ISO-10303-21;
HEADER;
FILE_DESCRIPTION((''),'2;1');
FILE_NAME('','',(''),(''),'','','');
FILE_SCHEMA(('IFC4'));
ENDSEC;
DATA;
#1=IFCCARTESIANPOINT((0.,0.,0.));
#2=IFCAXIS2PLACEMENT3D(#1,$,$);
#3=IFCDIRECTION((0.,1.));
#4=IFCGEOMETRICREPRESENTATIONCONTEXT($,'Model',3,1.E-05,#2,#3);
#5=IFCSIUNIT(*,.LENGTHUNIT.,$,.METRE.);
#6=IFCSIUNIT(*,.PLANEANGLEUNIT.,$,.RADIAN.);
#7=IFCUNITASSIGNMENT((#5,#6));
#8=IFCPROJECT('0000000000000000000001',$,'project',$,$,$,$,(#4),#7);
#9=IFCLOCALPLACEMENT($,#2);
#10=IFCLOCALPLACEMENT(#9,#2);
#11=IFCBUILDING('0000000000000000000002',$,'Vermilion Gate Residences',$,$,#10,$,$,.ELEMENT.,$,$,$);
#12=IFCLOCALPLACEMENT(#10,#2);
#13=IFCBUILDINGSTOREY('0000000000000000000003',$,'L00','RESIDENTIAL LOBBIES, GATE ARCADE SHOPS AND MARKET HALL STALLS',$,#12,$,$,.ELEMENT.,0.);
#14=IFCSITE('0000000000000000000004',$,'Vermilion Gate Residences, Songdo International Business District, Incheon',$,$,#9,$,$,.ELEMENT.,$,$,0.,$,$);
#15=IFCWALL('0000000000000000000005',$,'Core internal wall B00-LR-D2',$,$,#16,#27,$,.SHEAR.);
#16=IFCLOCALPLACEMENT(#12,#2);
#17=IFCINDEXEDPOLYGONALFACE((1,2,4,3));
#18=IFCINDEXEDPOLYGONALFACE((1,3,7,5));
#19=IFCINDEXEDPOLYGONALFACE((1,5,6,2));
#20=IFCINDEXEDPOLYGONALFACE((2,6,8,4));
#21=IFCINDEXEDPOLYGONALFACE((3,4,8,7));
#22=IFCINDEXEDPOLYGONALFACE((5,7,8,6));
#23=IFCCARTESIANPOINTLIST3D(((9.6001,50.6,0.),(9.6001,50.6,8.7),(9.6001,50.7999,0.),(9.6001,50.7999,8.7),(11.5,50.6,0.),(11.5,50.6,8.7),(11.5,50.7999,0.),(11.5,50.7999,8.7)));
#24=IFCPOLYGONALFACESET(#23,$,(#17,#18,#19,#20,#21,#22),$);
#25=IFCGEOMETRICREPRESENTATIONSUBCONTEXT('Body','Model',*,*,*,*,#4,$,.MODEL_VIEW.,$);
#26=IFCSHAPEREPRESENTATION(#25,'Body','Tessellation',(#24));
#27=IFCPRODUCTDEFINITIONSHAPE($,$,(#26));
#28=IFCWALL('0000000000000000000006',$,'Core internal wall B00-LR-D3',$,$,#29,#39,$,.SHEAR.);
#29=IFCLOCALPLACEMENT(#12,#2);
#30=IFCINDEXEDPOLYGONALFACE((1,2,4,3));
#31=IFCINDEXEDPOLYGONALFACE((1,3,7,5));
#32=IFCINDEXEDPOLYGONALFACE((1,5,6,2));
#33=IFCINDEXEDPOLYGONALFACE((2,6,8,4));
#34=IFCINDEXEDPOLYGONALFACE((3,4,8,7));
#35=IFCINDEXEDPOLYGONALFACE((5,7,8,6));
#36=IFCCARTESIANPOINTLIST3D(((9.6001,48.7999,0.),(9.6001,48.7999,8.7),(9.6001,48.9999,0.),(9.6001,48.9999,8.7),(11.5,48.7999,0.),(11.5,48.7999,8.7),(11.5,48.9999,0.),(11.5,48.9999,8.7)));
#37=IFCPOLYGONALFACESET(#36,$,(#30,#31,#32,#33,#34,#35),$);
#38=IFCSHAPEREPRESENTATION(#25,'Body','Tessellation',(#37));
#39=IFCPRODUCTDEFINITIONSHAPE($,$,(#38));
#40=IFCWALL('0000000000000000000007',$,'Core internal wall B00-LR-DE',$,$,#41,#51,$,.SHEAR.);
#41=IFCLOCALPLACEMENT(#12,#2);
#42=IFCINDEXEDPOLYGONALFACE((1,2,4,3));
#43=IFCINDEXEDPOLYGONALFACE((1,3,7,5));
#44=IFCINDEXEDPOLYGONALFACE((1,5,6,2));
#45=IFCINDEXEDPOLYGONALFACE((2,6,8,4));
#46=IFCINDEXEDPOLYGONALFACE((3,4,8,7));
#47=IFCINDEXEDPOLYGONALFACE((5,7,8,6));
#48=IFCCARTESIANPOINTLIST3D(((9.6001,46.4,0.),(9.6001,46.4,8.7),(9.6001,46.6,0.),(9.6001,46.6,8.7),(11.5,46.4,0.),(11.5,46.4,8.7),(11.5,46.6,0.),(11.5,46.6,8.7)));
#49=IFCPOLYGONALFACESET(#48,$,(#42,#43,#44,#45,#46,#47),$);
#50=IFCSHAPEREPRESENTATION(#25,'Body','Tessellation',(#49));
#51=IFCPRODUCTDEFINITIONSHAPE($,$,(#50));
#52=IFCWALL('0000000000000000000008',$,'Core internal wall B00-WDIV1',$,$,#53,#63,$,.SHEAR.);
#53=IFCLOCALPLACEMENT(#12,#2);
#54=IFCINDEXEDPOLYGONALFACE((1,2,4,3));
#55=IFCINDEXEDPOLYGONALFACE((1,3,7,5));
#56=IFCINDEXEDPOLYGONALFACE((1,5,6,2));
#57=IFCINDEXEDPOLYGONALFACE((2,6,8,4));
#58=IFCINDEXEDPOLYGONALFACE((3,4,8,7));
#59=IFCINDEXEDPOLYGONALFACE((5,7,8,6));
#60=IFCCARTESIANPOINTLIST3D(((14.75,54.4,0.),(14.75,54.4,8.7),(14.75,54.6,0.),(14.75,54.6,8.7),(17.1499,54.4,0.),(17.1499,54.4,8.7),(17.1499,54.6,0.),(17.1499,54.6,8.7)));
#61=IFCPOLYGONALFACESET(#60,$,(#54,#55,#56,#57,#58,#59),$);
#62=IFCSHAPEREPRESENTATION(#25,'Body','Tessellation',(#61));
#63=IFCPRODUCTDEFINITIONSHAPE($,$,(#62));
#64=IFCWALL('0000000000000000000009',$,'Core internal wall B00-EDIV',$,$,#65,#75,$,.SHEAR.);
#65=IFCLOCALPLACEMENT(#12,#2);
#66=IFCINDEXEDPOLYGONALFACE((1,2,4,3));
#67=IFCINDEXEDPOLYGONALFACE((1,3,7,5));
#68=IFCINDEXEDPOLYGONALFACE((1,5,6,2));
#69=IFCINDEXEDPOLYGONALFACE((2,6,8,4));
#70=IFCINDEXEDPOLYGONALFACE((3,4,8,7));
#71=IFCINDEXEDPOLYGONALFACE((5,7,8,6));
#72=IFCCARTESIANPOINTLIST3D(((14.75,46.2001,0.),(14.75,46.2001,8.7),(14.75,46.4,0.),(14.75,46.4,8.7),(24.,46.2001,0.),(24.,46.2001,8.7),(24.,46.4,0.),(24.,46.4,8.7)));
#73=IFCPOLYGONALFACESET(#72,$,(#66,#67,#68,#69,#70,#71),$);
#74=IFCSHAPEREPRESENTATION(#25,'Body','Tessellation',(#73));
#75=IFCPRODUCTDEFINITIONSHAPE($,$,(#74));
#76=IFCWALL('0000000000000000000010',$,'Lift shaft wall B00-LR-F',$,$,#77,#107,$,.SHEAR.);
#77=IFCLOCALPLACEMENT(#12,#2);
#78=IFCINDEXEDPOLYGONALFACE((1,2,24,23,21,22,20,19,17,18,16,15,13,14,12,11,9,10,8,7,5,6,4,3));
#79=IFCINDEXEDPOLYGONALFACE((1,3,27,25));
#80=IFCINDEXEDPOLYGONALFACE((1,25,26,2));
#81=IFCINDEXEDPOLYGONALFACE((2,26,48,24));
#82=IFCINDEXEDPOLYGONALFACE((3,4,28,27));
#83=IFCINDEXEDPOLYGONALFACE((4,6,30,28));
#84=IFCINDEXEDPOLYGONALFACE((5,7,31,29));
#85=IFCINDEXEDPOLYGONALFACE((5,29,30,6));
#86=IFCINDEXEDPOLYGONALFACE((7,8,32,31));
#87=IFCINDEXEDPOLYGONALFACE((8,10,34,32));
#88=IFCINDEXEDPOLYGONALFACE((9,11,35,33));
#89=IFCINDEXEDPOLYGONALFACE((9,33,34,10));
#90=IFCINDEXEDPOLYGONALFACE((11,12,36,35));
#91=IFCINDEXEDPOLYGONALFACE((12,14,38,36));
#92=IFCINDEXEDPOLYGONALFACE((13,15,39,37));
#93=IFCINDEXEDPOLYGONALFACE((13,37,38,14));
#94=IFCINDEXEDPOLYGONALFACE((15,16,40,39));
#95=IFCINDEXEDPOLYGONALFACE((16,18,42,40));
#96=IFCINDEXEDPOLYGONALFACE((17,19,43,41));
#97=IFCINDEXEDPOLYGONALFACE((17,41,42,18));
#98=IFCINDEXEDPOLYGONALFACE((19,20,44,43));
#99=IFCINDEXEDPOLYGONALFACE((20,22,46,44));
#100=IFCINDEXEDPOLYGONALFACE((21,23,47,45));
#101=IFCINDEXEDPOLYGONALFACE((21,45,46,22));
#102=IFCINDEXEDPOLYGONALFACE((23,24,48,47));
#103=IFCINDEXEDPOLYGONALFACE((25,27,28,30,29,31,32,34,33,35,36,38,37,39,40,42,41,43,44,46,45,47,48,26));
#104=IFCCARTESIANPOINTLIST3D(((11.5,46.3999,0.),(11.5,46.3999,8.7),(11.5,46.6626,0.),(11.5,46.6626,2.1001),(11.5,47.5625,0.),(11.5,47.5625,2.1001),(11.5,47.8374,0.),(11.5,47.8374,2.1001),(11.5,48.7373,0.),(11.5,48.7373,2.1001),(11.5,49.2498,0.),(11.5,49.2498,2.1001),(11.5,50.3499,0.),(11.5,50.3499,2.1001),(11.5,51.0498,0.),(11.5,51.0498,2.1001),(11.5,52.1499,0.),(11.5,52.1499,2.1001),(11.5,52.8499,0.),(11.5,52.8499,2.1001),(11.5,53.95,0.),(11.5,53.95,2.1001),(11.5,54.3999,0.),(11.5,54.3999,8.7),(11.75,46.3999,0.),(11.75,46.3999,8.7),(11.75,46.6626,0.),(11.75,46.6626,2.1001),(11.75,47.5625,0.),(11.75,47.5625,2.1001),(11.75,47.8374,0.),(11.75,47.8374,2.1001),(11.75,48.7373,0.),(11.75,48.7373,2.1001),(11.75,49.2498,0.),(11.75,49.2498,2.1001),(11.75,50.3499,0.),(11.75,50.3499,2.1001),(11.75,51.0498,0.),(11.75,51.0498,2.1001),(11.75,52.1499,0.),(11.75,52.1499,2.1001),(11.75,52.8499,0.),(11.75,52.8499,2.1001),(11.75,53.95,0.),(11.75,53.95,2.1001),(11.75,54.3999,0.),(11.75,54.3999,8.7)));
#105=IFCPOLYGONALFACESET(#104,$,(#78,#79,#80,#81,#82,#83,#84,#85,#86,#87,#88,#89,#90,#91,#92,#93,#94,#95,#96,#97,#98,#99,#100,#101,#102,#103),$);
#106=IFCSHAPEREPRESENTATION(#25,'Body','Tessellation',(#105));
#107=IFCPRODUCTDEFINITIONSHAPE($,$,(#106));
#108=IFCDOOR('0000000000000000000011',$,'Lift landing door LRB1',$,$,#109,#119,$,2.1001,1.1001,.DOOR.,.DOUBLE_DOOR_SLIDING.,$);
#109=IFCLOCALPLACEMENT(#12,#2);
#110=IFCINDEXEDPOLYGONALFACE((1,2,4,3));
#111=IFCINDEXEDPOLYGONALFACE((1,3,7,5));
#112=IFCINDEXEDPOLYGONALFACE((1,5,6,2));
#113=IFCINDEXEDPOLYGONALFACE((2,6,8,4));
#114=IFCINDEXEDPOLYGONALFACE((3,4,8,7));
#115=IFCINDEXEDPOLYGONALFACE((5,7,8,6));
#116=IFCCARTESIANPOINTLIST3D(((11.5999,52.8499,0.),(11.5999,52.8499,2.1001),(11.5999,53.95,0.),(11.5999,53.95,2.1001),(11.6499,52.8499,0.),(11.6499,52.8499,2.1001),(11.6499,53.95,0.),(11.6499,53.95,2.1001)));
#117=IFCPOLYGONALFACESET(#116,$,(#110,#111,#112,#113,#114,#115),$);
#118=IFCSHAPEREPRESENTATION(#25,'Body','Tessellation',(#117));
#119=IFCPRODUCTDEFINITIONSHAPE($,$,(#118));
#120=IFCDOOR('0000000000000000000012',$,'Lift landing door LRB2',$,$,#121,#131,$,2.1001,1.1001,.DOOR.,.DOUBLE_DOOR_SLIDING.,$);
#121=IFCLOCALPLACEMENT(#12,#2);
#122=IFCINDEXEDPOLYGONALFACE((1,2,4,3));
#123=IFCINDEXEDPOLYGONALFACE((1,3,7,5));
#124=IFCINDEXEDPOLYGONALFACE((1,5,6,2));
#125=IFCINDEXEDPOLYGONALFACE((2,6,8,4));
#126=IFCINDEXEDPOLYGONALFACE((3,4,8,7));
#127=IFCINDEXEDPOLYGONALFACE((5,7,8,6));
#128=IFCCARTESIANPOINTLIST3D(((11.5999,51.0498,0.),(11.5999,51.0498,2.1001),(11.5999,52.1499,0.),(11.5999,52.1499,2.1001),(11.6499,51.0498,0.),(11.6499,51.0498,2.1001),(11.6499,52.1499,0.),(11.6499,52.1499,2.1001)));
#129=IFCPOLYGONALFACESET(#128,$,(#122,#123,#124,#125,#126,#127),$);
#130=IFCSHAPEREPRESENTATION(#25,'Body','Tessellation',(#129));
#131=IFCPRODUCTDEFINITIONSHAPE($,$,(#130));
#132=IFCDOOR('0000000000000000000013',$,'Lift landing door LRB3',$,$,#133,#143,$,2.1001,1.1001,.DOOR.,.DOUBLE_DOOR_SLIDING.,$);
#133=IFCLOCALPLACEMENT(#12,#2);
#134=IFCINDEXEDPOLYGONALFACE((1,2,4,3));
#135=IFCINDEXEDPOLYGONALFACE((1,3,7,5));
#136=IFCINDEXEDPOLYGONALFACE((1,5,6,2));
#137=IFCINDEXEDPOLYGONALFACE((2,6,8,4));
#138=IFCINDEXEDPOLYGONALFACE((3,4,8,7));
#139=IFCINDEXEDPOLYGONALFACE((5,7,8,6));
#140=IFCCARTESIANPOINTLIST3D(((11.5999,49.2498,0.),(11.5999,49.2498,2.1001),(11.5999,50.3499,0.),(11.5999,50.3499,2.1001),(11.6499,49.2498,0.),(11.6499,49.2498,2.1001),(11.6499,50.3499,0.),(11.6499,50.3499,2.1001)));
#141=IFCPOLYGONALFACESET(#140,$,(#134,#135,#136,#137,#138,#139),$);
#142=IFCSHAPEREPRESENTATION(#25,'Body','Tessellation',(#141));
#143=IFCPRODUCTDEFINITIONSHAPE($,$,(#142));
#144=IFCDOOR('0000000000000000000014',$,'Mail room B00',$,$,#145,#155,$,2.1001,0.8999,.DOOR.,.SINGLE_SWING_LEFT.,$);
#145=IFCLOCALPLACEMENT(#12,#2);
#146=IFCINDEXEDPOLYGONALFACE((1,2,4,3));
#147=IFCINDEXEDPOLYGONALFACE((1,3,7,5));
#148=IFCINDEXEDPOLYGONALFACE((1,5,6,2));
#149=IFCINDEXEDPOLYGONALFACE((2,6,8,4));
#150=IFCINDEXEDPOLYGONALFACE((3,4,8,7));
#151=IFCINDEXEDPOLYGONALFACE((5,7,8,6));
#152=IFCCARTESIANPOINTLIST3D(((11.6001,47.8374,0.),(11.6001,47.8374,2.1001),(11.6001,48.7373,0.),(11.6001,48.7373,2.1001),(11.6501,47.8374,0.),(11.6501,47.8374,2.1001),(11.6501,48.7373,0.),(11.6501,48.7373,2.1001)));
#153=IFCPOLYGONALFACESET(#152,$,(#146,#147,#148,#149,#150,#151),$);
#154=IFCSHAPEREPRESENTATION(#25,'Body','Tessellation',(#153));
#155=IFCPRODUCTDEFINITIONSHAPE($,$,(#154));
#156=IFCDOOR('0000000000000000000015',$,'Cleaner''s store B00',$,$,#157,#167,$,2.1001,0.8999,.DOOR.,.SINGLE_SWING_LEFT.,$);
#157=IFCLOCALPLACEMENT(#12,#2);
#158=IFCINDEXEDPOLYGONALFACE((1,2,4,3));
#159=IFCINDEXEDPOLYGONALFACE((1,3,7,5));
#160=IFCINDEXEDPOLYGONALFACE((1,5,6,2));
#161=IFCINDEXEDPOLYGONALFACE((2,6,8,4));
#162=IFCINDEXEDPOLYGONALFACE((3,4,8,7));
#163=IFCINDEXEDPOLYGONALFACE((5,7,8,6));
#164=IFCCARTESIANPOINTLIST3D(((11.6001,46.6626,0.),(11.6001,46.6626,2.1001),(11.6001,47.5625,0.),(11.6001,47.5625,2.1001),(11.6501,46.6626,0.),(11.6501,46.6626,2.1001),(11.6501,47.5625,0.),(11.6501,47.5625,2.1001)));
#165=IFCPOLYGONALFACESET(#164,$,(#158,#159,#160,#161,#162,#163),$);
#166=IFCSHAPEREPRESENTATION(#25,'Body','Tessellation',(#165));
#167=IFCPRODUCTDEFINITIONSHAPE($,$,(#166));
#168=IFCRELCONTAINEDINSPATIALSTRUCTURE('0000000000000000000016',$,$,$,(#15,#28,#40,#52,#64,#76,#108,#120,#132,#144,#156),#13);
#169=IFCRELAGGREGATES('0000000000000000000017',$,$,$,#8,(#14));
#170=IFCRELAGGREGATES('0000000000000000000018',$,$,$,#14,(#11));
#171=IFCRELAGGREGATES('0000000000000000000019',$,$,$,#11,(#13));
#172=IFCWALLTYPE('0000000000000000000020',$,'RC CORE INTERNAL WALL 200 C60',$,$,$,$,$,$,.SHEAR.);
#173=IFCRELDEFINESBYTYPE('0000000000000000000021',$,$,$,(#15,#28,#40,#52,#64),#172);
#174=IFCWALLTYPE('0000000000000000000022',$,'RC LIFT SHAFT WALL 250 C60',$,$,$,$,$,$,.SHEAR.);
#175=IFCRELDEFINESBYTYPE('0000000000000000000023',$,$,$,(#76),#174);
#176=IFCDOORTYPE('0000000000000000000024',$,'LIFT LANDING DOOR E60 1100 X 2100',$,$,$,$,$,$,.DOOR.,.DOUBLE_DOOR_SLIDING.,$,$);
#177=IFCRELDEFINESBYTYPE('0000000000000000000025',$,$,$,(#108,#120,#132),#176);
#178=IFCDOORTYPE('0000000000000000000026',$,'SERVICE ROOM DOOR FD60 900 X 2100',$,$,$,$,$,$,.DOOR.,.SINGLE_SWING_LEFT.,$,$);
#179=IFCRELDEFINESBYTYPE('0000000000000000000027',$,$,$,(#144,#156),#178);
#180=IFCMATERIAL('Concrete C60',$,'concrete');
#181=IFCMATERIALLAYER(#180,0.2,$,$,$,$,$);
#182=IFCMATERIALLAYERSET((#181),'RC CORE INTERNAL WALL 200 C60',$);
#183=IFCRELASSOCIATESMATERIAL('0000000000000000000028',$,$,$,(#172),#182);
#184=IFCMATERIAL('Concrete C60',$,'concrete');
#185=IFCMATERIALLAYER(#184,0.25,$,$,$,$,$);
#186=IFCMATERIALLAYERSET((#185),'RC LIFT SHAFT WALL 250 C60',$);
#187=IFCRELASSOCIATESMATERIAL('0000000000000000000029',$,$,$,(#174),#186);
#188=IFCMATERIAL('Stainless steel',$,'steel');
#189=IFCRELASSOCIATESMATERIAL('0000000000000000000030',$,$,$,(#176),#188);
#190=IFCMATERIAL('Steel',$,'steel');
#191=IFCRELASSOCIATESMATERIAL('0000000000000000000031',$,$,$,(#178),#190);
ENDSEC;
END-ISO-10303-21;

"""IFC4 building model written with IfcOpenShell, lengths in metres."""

from ifc_helpers import new_model, si_unit, direction, frame, frame_2d, origin, place, context, subcontext, project, spatial, rectangle, extrude, material, layer, layer_set, type_object, element, fill, save


model = new_model("IFC4")

# Units and contexts
model_context = context("Model", 3, precision=1e-05, world=origin(), true_north=direction((0.0, 1.0)))
body_context = subcontext(model_context, "Body", "Model", "MODEL_VIEW")
ifc_project = project(units=[si_unit("LENGTHUNIT", "METRE"), si_unit("PLANEANGLEUNIT", "RADIAN")], contexts=[model_context])

# Site, building, storey
site_placement = place(None, origin())
site = spatial("IfcSite", under=ifc_project, at=site_placement, Name="Vermilion Gate Residences, Songdo International Business District, Incheon", CompositionType="ELEMENT", RefElevation=0.0)
building_placement = place(site_placement, origin())
building = spatial("IfcBuilding", under=site, at=building_placement, Name="Vermilion Gate Residences", CompositionType="ELEMENT")
storey_placement = place(building_placement, origin())
storey = spatial("IfcBuildingStorey", under=building, at=storey_placement, Name="L00", Description="RESIDENTIAL LOBBIES, GATE ARCADE SHOPS AND MARKET HALL STALLS", CompositionType="ELEMENT", Elevation=0.0)

# Walls
ifc_material_1 = material(Name="Concrete C60", Category="concrete")
ifc_layer_1 = layer(ifc_material_1, 0.2)
ifc_layer_set_1 = layer_set([ifc_layer_1], Name="RC CORE INTERNAL WALL 200 C60")
wall_type_1 = type_object("IfcWallType", Name="RC CORE INTERNAL WALL 200 C60", PredefinedType="SHEAR", material=ifc_layer_set_1)
for number, where, z_axis, x_axis, name in (
    (1, (9.6001, 50.7, 0.0), (0.0, 0.0, 1.0), (1.0, 0.0, 0.0), "Core internal wall B00-LR-D2"),
    (2, (9.6001, 48.8999, 0.0), (0.0, 0.0, 1.0), (1.0, 0.0, 0.0), "Core internal wall B00-LR-D3"),
    (3, (9.6001, 46.5, 0.0), (0.0, 0.0, 1.0), (1.0, 0.0, 0.0), "Core internal wall B00-LR-DE"),
):
    element("IfcWall", number, at=place(storey_placement, frame(where, z_axis=z_axis, x_axis=x_axis)), inside=storey, type_object=wall_type_1, Name=name, PredefinedType="SHEAR", context=body_context, shape_type="SweptSolid", body=[
        extrude(rectangle(XDim=1.8999, YDim=0.2, at=frame_2d((0.95, 0.0))), origin(), (0.0, 0.0, 1.0), 8.7),
    ])
wall_1_placement = place(storey_placement, frame((14.75, 54.5, 0.0), z_axis=(0.0, 0.0, 1.0), x_axis=(1.0, 0.0, 0.0)))
element("IfcWall", 4, at=wall_1_placement, inside=storey, type_object=wall_type_1, Name="Core internal wall B00-WDIV1", PredefinedType="SHEAR", context=body_context, shape_type="SweptSolid", body=[
    extrude(rectangle(XDim=2.3999, YDim=0.2, at=frame_2d((1.2, 0.0))), origin(), (0.0, 0.0, 1.0), 8.7),
])
wall_2_placement = place(storey_placement, frame((14.75, 46.3, 0.0), z_axis=(0.0, 0.0, 1.0), x_axis=(1.0, 0.0, 0.0)))
element("IfcWall", 5, at=wall_2_placement, inside=storey, type_object=wall_type_1, Name="Core internal wall B00-EDIV", PredefinedType="SHEAR", context=body_context, shape_type="SweptSolid", body=[
    extrude(rectangle(XDim=9.25, YDim=0.2, at=frame_2d((4.625, 0.0))), origin(), (0.0, 0.0, 1.0), 8.7),
])

# Wall, openings, doors
ifc_material_2 = material(Name="Concrete C60", Category="concrete")
ifc_layer_2 = layer(ifc_material_2, 0.25)
ifc_layer_set_2 = layer_set([ifc_layer_2], Name="RC LIFT SHAFT WALL 250 C60")
wall_type_2 = type_object("IfcWallType", Name="RC LIFT SHAFT WALL 250 C60", PredefinedType="SHEAR", material=ifc_layer_set_2)
wall_3_placement = place(storey_placement, frame((11.625, 54.3999, 0.0), z_axis=(0.0, 0.0, 1.0), x_axis=(0.0, -1.0, 0.0)))
wall_3 = element("IfcWall", 6, at=wall_3_placement, inside=storey, type_object=wall_type_2, Name="Lift shaft wall B00-LR-F", PredefinedType="SHEAR", context=body_context, shape_type="SweptSolid", body=[
    extrude(rectangle(XDim=8.0, YDim=0.25, at=frame_2d((4.0, 0.0))), origin(), (0.0, 0.0, 1.0), 8.7),
])
opening_1_placement = place(wall_3_placement, frame((0.45, 0.0, 0.0)))
opening_1 = element("IfcOpeningElement", 7, at=opening_1_placement, cuts=wall_3, PredefinedType="OPENING", context=body_context, shape_type="SweptSolid", body=[
    extrude(rectangle(XDim=1.1001, YDim=2.1001, at=frame_2d((0.55, 1.05))), frame((0.0, 0.135, 0.0), z_axis=(0.0, -1.0, 0.0), x_axis=(1.0, 0.0, 0.0)), (0.0, 0.0, 1.0), 0.27),
])
opening_2_placement = place(wall_3_placement, frame((2.25, 0.0, 0.0)))
opening_2 = element("IfcOpeningElement", 8, at=opening_2_placement, cuts=wall_3, PredefinedType="OPENING", context=body_context, shape_type="SweptSolid", body=[
    extrude(rectangle(XDim=1.1001, YDim=2.1001, at=frame_2d((0.55, 1.05))), frame((0.0, 0.135, 0.0), z_axis=(0.0, -1.0, 0.0), x_axis=(1.0, 0.0, 0.0)), (0.0, 0.0, 1.0), 0.27),
])
opening_3_placement = place(wall_3_placement, frame((4.05, 0.0, 0.0)))
opening_3 = element("IfcOpeningElement", 9, at=opening_3_placement, cuts=wall_3, PredefinedType="OPENING", context=body_context, shape_type="SweptSolid", body=[
    extrude(rectangle(XDim=1.1001, YDim=2.1001, at=frame_2d((0.55, 1.05))), frame((0.0, 0.135, 0.0), z_axis=(0.0, -1.0, 0.0), x_axis=(1.0, 0.0, 0.0)), (0.0, 0.0, 1.0), 0.27),
])
opening_4_placement = place(wall_3_placement, frame((5.6626, 0.0, 0.0)))
opening_4 = element("IfcOpeningElement", 10, at=opening_4_placement, cuts=wall_3, PredefinedType="OPENING", context=body_context, shape_type="SweptSolid", body=[
    extrude(rectangle(XDim=0.8999, YDim=2.1001, at=frame_2d((0.45, 1.05))), frame((0.0, 0.135, 0.0), z_axis=(0.0, -1.0, 0.0), x_axis=(1.0, 0.0, 0.0)), (0.0, 0.0, 1.0), 0.27),
])
opening_5_placement = place(wall_3_placement, frame((6.8374, 0.0, 0.0)))
opening_5 = element("IfcOpeningElement", 11, at=opening_5_placement, cuts=wall_3, PredefinedType="OPENING", context=body_context, shape_type="SweptSolid", body=[
    extrude(rectangle(XDim=0.8999, YDim=2.1001, at=frame_2d((0.45, 1.05))), frame((0.0, 0.135, 0.0), z_axis=(0.0, -1.0, 0.0), x_axis=(1.0, 0.0, 0.0)), (0.0, 0.0, 1.0), 0.27),
])
ifc_material_3 = material(Name="Stainless steel", Category="steel")
door_type_1 = type_object("IfcDoorType", Name="LIFT LANDING DOOR E60 1100 X 2100", OperationType="DOUBLE_DOOR_SLIDING", PredefinedType="DOOR", material=ifc_material_3)
door_1_placement = place(opening_1_placement, origin())
door_1 = element("IfcDoor", 12, at=door_1_placement, inside=storey, type_object=door_type_1, Name="Lift landing door LRB1", OperationType="DOUBLE_DOOR_SLIDING", OverallHeight=2.1001, OverallWidth=1.1001, PredefinedType="DOOR", context=body_context, shape_type="SweptSolid", body=[
    extrude(rectangle(XDim=1.1001, YDim=2.1001, at=frame_2d((0.55, 1.05))), frame((0.0, 0.0249, 0.0), z_axis=(0.0, -1.0, 0.0), x_axis=(1.0, 0.0, 0.0)), (0.0, 0.0, 1.0), 0.05),
])
fill(opening_1, door_1)
door_2_placement = place(opening_2_placement, origin())
door_2 = element("IfcDoor", 13, at=door_2_placement, inside=storey, type_object=door_type_1, Name="Lift landing door LRB2", OperationType="DOUBLE_DOOR_SLIDING", OverallHeight=2.1001, OverallWidth=1.1001, PredefinedType="DOOR", context=body_context, shape_type="SweptSolid", body=[
    extrude(rectangle(XDim=1.1001, YDim=2.1001, at=frame_2d((0.55, 1.05))), frame((0.0, 0.0249, 0.0), z_axis=(0.0, -1.0, 0.0), x_axis=(1.0, 0.0, 0.0)), (0.0, 0.0, 1.0), 0.05),
])
fill(opening_2, door_2)
door_3_placement = place(opening_3_placement, origin())
door_3 = element("IfcDoor", 14, at=door_3_placement, inside=storey, type_object=door_type_1, Name="Lift landing door LRB3", OperationType="DOUBLE_DOOR_SLIDING", OverallHeight=2.1001, OverallWidth=1.1001, PredefinedType="DOOR", context=body_context, shape_type="SweptSolid", body=[
    extrude(rectangle(XDim=1.1001, YDim=2.1001, at=frame_2d((0.55, 1.05))), frame((0.0, 0.0249, 0.0), z_axis=(0.0, -1.0, 0.0), x_axis=(1.0, 0.0, 0.0)), (0.0, 0.0, 1.0), 0.05),
])
fill(opening_3, door_3)
ifc_material_4 = material(Name="Steel", Category="steel")
door_type_2 = type_object("IfcDoorType", Name="SERVICE ROOM DOOR FD60 900 X 2100", OperationType="SINGLE_SWING_LEFT", PredefinedType="DOOR", material=ifc_material_4)
door_4_placement = place(opening_4_placement, frame((0.8999, 0.0, 0.0), z_axis=(0.0, 0.0, 1.0), x_axis=(-1.0, 0.0, 0.0)))
door_4 = element("IfcDoor", 15, at=door_4_placement, inside=storey, type_object=door_type_2, Name="Mail room B00", OperationType="SINGLE_SWING_LEFT", OverallHeight=2.1001, OverallWidth=0.8999, PredefinedType="DOOR", context=body_context, shape_type="SweptSolid", body=[
    extrude(rectangle(XDim=0.8999, YDim=2.1001, at=frame_2d((0.45, 1.05))), frame((0.0, 0.0249, 0.0), z_axis=(0.0, -1.0, 0.0), x_axis=(1.0, 0.0, 0.0)), (0.0, 0.0, 1.0), 0.05),
])
fill(opening_4, door_4)
door_5_placement = place(opening_5_placement, frame((0.8999, 0.0, 0.0), z_axis=(0.0, 0.0, 1.0), x_axis=(-1.0, 0.0, 0.0)))
door_5 = element("IfcDoor", 16, at=door_5_placement, inside=storey, type_object=door_type_2, Name="Cleaner's store B00", OperationType="SINGLE_SWING_LEFT", OverallHeight=2.1001, OverallWidth=0.8999, PredefinedType="DOOR", context=body_context, shape_type="SweptSolid", body=[
    extrude(rectangle(XDim=0.8999, YDim=2.1001, at=frame_2d((0.45, 1.05))), frame((0.0, 0.0249, 0.0), z_axis=(0.0, -1.0, 0.0), x_axis=(1.0, 0.0, 0.0)), (0.0, 0.0, 1.0), 0.05),
])
fill(opening_5, door_5)

save(model, "model.ifc")
